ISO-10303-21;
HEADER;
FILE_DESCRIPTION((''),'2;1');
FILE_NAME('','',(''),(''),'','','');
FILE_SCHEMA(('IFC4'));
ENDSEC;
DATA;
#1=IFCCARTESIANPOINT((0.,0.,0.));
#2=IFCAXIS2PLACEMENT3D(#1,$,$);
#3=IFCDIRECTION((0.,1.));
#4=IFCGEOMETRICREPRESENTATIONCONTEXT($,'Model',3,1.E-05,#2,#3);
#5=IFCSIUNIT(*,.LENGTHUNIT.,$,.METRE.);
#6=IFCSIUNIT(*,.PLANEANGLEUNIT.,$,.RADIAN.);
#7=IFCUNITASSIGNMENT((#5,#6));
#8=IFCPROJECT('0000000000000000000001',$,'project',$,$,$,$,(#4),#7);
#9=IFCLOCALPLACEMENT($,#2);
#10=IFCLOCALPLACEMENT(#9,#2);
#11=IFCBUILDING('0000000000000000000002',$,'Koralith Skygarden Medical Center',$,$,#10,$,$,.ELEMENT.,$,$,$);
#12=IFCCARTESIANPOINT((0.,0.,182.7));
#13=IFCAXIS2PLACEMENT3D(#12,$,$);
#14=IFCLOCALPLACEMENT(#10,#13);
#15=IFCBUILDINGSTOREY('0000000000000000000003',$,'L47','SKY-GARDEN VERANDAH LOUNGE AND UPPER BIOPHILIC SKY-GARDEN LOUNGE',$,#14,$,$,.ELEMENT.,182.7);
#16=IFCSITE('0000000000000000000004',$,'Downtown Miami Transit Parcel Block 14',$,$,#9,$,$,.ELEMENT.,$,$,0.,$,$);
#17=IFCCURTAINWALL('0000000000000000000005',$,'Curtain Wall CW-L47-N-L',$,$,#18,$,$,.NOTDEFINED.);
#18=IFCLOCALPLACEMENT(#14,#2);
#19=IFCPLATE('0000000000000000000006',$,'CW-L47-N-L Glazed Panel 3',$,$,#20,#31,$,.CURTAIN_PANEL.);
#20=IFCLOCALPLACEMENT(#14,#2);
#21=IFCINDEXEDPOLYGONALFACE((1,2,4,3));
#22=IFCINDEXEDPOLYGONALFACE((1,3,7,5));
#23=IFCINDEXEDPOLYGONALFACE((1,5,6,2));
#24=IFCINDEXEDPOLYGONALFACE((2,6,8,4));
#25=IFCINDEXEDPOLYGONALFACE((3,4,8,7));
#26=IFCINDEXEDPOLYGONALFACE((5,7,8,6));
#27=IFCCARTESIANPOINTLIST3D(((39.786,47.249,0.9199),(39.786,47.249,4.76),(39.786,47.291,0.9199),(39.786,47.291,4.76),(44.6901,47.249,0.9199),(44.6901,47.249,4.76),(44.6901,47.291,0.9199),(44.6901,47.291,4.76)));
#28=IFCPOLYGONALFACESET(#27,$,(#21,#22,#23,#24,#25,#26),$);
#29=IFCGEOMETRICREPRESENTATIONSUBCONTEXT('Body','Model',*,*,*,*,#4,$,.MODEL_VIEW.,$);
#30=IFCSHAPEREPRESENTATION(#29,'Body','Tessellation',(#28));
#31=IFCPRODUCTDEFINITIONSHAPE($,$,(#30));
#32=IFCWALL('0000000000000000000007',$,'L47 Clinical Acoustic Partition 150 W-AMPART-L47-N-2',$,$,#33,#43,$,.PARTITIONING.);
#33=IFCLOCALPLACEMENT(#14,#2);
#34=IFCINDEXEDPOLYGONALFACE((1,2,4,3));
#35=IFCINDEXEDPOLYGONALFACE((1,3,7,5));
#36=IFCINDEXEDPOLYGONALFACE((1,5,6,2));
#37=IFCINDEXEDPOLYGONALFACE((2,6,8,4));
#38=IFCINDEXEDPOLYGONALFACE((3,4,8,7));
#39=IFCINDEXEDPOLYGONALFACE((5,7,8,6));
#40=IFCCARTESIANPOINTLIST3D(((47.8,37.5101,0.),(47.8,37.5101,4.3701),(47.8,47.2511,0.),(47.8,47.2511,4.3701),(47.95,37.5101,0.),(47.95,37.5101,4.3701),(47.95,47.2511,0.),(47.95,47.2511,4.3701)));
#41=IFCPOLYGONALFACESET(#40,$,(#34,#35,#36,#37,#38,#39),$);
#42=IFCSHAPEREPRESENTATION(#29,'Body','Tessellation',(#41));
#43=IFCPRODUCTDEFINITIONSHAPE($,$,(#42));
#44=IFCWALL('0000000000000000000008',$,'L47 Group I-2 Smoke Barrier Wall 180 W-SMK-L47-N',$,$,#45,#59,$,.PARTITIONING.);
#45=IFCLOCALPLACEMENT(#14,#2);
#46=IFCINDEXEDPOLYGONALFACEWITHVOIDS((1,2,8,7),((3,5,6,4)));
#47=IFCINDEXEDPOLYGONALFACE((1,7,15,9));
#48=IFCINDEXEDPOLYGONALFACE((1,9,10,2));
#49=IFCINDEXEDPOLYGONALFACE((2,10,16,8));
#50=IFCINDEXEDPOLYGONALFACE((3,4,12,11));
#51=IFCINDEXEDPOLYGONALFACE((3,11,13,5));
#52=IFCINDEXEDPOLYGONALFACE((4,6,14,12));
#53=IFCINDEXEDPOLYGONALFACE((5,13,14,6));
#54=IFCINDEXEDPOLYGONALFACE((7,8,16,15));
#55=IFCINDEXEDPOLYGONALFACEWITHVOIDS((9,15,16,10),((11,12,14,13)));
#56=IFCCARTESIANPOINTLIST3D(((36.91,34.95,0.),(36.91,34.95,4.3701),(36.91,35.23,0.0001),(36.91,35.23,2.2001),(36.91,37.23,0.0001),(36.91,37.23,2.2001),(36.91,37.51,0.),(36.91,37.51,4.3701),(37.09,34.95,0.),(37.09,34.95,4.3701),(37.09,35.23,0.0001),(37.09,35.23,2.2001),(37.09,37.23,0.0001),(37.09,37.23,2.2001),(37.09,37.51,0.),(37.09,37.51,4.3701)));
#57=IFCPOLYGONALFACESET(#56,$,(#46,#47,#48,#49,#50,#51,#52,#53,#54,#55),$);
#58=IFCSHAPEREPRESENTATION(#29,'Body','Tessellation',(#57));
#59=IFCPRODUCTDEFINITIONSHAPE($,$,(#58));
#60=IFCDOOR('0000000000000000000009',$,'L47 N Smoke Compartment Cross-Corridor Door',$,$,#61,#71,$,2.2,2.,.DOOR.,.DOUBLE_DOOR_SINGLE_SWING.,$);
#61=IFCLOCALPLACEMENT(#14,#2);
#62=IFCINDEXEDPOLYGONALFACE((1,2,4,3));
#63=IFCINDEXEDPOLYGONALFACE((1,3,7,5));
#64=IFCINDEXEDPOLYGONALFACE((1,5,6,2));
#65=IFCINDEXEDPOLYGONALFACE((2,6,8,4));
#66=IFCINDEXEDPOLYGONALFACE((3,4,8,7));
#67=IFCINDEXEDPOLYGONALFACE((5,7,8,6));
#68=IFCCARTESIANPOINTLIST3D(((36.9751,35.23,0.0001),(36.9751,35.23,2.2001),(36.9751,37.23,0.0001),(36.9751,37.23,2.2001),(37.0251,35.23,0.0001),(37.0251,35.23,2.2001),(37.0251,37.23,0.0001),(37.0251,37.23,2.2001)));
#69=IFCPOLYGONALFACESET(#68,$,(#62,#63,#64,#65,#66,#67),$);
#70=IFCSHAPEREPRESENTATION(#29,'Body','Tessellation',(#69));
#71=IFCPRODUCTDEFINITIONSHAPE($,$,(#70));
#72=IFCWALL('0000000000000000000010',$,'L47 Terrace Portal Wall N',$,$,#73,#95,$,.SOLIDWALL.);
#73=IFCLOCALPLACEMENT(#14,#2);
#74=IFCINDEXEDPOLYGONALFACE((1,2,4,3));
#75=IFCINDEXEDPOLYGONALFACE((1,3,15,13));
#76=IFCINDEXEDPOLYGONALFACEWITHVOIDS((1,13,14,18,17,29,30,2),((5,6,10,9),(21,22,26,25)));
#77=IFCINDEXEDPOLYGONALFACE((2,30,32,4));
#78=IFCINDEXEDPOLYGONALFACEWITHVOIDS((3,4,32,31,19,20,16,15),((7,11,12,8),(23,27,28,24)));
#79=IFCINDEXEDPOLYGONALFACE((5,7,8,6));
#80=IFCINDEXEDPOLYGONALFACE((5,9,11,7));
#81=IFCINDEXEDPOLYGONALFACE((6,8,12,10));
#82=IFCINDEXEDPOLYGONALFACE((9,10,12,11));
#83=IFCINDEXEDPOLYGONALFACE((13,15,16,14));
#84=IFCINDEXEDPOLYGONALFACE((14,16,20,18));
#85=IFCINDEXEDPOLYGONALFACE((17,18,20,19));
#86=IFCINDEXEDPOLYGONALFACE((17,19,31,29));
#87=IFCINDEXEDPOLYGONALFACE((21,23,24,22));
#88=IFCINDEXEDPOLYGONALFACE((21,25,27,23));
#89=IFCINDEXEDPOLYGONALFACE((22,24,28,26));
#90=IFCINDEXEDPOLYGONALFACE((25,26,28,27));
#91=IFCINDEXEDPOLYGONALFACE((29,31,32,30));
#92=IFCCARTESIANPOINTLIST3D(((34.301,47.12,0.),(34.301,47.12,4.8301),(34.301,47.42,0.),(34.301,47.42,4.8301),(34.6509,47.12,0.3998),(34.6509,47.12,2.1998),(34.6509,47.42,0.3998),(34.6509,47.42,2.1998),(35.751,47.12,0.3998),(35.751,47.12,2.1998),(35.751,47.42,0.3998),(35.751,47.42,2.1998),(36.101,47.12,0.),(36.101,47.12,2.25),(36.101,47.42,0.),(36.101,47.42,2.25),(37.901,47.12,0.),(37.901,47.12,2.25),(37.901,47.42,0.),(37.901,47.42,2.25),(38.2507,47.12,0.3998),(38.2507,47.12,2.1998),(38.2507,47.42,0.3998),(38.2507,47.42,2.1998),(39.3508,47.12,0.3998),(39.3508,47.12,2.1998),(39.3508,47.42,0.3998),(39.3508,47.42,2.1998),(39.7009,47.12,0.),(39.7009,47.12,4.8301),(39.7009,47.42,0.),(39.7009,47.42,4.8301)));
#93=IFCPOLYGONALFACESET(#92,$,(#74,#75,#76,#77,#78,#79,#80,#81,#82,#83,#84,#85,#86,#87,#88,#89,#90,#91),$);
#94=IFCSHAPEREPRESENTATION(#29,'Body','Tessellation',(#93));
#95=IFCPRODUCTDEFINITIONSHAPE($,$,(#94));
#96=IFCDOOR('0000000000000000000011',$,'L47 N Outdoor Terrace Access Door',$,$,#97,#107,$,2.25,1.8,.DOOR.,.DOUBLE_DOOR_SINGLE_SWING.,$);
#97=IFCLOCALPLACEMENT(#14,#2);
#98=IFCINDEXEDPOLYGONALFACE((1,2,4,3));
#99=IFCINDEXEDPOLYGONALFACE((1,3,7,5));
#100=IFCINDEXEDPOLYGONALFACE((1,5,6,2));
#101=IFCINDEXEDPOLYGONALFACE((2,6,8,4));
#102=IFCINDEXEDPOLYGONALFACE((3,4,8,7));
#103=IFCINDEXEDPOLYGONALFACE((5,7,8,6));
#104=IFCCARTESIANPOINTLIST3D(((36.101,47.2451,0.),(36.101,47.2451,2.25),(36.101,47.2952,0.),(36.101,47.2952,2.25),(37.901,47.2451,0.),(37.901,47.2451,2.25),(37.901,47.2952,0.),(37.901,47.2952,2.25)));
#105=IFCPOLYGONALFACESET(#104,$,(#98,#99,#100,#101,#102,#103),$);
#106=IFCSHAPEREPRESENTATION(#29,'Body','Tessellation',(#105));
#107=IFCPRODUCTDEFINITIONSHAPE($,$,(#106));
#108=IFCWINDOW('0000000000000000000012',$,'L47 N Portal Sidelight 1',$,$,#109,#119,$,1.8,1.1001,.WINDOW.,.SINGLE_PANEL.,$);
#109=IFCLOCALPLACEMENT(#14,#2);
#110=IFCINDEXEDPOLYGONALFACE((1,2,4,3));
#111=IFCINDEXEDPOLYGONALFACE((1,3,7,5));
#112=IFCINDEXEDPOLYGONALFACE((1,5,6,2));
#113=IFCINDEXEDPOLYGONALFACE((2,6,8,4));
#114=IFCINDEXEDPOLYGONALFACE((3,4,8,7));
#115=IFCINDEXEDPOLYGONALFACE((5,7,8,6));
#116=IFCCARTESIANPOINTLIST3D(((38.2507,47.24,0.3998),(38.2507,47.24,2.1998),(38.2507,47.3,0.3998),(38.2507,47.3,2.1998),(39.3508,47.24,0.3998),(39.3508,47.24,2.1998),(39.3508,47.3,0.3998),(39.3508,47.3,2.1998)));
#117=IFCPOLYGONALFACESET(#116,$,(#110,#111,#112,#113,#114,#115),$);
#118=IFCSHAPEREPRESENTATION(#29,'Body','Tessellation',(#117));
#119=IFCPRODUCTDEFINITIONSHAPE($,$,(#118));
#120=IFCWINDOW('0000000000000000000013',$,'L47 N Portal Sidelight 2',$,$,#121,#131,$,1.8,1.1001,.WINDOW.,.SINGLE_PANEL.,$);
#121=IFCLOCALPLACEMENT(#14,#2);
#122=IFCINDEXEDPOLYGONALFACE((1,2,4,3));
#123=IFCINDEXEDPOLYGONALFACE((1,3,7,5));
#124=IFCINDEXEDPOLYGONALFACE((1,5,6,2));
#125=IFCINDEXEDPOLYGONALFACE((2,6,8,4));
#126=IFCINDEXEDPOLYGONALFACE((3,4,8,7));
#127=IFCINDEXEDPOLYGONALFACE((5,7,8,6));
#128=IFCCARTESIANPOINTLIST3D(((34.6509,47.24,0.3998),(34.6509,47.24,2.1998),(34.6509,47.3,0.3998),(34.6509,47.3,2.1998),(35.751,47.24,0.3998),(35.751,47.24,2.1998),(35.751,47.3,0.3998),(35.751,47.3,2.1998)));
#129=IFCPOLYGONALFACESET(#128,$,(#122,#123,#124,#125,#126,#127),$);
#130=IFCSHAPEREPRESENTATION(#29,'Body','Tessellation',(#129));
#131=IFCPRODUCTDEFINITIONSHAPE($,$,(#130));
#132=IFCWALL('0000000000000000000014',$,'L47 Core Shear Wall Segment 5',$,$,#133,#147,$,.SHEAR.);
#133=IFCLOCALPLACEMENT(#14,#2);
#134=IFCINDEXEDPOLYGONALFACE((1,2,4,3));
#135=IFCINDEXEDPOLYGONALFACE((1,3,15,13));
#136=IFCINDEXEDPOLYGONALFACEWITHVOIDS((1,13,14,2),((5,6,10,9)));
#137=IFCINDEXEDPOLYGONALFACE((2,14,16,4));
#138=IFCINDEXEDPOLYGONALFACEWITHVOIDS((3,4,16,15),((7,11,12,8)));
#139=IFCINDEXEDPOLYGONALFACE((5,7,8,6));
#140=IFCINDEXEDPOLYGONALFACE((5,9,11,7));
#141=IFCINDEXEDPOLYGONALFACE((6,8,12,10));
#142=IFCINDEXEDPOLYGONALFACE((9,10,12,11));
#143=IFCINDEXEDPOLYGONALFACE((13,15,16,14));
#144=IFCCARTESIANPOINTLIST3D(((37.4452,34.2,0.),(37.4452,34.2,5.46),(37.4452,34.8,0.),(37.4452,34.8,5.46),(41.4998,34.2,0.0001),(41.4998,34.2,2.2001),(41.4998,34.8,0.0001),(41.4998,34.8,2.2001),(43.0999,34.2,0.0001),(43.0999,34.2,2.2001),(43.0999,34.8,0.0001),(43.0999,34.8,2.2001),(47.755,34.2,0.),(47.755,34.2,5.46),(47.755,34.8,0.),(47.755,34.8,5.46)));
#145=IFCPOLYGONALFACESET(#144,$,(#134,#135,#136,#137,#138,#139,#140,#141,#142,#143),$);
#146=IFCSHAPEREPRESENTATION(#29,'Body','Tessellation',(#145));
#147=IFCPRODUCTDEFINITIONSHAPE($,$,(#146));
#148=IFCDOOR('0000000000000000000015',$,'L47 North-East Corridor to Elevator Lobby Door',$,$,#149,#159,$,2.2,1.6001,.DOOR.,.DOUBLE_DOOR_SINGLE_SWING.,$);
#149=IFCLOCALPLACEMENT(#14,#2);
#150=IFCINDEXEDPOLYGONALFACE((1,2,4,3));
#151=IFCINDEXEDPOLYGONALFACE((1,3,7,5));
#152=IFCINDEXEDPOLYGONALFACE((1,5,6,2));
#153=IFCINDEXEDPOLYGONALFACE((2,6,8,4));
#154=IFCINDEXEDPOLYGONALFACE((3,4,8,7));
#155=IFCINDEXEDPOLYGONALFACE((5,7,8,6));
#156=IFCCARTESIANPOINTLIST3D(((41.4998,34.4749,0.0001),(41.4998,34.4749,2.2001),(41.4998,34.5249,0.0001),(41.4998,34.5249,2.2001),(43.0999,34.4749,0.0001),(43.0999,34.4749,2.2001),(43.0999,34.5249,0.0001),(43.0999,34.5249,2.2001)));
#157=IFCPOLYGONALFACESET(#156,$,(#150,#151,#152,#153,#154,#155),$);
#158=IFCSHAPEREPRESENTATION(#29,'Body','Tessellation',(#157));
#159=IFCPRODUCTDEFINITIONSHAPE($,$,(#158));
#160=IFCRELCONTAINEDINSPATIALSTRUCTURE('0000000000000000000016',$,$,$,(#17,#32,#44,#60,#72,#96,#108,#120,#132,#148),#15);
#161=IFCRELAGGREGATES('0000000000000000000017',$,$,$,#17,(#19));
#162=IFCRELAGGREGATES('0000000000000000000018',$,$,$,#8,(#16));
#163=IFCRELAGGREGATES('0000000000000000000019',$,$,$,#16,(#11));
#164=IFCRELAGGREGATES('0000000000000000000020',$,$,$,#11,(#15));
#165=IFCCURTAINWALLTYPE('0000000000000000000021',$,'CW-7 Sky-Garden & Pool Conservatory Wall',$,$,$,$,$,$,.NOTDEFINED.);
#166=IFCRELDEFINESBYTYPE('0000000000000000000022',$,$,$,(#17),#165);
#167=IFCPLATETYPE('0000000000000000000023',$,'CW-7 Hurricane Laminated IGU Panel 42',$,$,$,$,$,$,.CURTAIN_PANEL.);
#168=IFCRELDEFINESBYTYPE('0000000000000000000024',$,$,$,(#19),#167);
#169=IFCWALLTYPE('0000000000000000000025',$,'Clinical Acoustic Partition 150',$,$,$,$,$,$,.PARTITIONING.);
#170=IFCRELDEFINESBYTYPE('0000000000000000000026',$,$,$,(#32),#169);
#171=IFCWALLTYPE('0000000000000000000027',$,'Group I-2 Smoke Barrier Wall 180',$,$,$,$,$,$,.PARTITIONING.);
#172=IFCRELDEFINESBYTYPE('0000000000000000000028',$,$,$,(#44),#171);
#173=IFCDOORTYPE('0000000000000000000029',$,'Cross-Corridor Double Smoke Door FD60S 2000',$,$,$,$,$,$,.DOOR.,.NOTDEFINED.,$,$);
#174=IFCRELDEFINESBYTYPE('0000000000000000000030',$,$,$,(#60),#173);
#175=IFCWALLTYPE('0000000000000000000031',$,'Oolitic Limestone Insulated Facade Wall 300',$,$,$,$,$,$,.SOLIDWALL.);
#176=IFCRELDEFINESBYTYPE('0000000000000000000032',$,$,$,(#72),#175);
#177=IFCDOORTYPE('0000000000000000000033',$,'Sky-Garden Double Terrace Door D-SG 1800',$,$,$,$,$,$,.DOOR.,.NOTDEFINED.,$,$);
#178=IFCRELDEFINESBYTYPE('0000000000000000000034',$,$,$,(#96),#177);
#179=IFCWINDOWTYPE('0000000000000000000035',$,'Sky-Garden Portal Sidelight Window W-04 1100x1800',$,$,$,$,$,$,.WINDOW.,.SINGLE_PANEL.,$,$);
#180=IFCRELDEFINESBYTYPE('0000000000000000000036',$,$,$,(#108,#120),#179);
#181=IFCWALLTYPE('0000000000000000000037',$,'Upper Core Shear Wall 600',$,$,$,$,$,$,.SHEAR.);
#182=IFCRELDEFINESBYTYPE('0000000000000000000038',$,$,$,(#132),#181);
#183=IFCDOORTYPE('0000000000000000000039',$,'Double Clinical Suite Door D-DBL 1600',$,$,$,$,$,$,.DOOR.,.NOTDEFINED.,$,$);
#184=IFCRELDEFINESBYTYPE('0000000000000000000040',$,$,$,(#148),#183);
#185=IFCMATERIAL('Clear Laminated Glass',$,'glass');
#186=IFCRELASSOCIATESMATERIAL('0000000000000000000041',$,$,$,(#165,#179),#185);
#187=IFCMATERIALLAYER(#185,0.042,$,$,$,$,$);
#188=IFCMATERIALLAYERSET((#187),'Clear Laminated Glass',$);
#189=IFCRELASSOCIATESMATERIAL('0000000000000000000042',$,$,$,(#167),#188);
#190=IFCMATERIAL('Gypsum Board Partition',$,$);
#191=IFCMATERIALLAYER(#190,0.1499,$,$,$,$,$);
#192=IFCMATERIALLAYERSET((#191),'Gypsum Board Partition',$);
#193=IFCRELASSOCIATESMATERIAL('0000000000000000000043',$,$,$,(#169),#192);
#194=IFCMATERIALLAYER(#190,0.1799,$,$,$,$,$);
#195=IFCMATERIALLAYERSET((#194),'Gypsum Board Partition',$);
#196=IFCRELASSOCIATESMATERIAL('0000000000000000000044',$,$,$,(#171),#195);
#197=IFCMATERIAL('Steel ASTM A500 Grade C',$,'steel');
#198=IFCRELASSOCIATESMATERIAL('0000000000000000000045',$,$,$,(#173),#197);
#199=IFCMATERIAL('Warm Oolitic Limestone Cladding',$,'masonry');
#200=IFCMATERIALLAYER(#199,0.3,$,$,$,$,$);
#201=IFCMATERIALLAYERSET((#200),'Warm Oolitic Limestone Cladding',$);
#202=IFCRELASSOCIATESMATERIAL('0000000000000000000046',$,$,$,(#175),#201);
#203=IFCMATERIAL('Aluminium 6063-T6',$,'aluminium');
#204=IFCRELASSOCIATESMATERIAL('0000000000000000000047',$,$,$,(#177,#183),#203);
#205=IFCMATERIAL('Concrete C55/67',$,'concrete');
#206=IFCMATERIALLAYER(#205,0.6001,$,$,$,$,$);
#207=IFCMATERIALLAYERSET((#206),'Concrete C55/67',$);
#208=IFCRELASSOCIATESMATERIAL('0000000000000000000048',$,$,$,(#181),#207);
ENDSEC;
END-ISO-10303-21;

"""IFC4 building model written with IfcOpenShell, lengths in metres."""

from ifc_helpers import new_model, si_unit, direction, frame, frame_2d, origin, origin_2d, place, context, subcontext, project, spatial, rectangle, extrude, material, layer, layer_set, type_object, element, fill, aggregate, save


model = new_model("IFC4")

# Units and contexts
model_context = context("Model", 3, precision=1e-05, world=origin(), true_north=direction((0.0, 1.0)))
body_context = subcontext(model_context, "Body", "Model", "MODEL_VIEW")
ifc_project = project(units=[si_unit("LENGTHUNIT", "METRE"), si_unit("PLANEANGLEUNIT", "RADIAN")], contexts=[model_context])

# Site, building, storey
site_placement = place(None, origin())
site = spatial("IfcSite", under=ifc_project, at=site_placement, Name="Downtown Miami Transit Parcel Block 14", CompositionType="ELEMENT", RefElevation=0.0)
building_placement = place(site_placement, origin())
building = spatial("IfcBuilding", under=site, at=building_placement, Name="Koralith Skygarden Medical Center", CompositionType="ELEMENT")
storey_placement = place(building_placement, frame((0.0, 0.0, 182.7)))
storey = spatial("IfcBuildingStorey", under=building, at=storey_placement, Name="L47", Description="SKY-GARDEN VERANDAH LOUNGE AND UPPER BIOPHILIC SKY-GARDEN LOUNGE", CompositionType="ELEMENT", Elevation=182.7)

# Shared definitions
ifc_material_1 = material(Name="Concrete C55/67", Category="concrete")

# Curtain wall
ifc_material_2 = material(Name="Clear Laminated Glass", Category="glass")
curtain_wall_type = type_object("IfcCurtainWallType", Name="CW-7 Sky-Garden & Pool Conservatory Wall", PredefinedType="NOTDEFINED", material=ifc_material_2)
curtain_wall_placement = place(storey_placement, origin())
curtain_wall = element("IfcCurtainWall", 1, at=curtain_wall_placement, inside=storey, type_object=curtain_wall_type, Name="Curtain Wall CW-L47-N-L", PredefinedType="NOTDEFINED")
ifc_material_3 = material(Name="Aluminium 6063-T6", Category="aluminium")

# Plate
ifc_layer_1 = layer(ifc_material_2, 0.042)
ifc_layer_set_1 = layer_set([ifc_layer_1], Name="Clear Laminated Glass")
plate_type = type_object("IfcPlateType", Name="CW-7 Hurricane Laminated IGU Panel 42", PredefinedType="CURTAIN_PANEL", material=ifc_layer_set_1)
plate_1_placement = place(storey_placement, frame((42.238, 47.27, 0.9199), z_axis=(0.0, 0.0, 1.0), x_axis=(-1.0, 0.0, 0.0)))
plate_1 = element("IfcPlate", 2, at=plate_1_placement, type_object=plate_type, Name="CW-L47-N-L Glazed Panel 3", PredefinedType="CURTAIN_PANEL", context=body_context, shape_type="SweptSolid", body=[
    extrude(rectangle(XDim=4.9041, YDim=0.042, at=origin_2d()), origin(), (0.0, 0.0, 1.0), 3.8401),
])
aggregate(curtain_wall, [plate_1])

# Wall
ifc_material_4 = material(Name="Gypsum Board Partition")
ifc_layer_2 = layer(ifc_material_4, 0.1499)
ifc_layer_set_2 = layer_set([ifc_layer_2], Name="Gypsum Board Partition")
wall_type_1 = type_object("IfcWallType", Name="Clinical Acoustic Partition 150", PredefinedType="PARTITIONING", material=ifc_layer_set_2)
wall_1_placement = place(storey_placement, frame((47.875, 37.51, 0.0), z_axis=(0.0, 0.0, 1.0), x_axis=(0.0, 1.0, 0.0)))
element("IfcWall", 3, at=wall_1_placement, inside=storey, type_object=wall_type_1, Name="L47 Clinical Acoustic Partition 150 W-AMPART-L47-N-2", PredefinedType="PARTITIONING", context=body_context, shape_type="SweptSolid", body=[
    extrude(rectangle(XDim=9.741, YDim=0.1499, at=frame_2d((4.8706, 0.0))), origin(), (0.0, 0.0, 1.0), 4.3701),
])

# Wall, opening, door
ifc_layer_3 = layer(ifc_material_4, 0.1799)
ifc_layer_set_3 = layer_set([ifc_layer_3], Name="Gypsum Board Partition")
wall_type_2 = type_object("IfcWallType", Name="Group I-2 Smoke Barrier Wall 180", PredefinedType="PARTITIONING", material=ifc_layer_set_3)
wall_2_placement = place(storey_placement, frame((37.0, 34.95, 0.0), z_axis=(0.0, 0.0, 1.0), x_axis=(0.0, 1.0, 0.0)))
wall_2 = element("IfcWall", 4, at=wall_2_placement, inside=storey, type_object=wall_type_2, Name="L47 Group I-2 Smoke Barrier Wall 180 W-SMK-L47-N", PredefinedType="PARTITIONING", context=body_context, shape_type="SweptSolid", body=[
    extrude(rectangle(XDim=2.5601, YDim=0.1799, at=frame_2d((1.28, 0.0))), origin(), (0.0, 0.0, 1.0), 4.3701),
])
opening_1_placement = place(wall_2_placement, frame((0.28, 0.0, 0.0)))
opening_1 = element("IfcOpeningElement", 5, at=opening_1_placement, cuts=wall_2, PredefinedType="OPENING", context=body_context, shape_type="SweptSolid", body=[
    extrude(rectangle(XDim=2.0, YDim=2.2, at=frame_2d((1.0, 1.1001))), frame((0.0, 0.0999, 0.0), z_axis=(0.0, -1.0, 0.0), x_axis=(1.0, 0.0, 0.0)), (0.0, 0.0, 1.0), 0.2),
])
ifc_material_5 = material(Name="Steel ASTM A500 Grade C", Category="steel")
door_type_1 = type_object("IfcDoorType", Name="Cross-Corridor Double Smoke Door FD60S 2000", OperationType="NOTDEFINED", PredefinedType="DOOR", material=ifc_material_5)
door_1_placement = place(opening_1_placement, origin())
door_1 = element("IfcDoor", 6, at=door_1_placement, inside=storey, type_object=door_type_1, Name="L47 N Smoke Compartment Cross-Corridor Door", OperationType="DOUBLE_DOOR_SINGLE_SWING", OverallHeight=2.2, OverallWidth=2.0, PredefinedType="DOOR", context=body_context, shape_type="SweptSolid", body=[
    extrude(rectangle(XDim=2.0, YDim=2.2, at=frame_2d((1.0, 1.1001))), frame((0.0, 0.0249, 0.0), z_axis=(0.0, -1.0, 0.0), x_axis=(1.0, 0.0, 0.0)), (0.0, 0.0, 1.0), 0.05),
])
fill(opening_1, door_1)

# Wall, openings, door, windows
ifc_material_6 = material(Name="Warm Oolitic Limestone Cladding", Category="masonry")
ifc_layer_4 = layer(ifc_material_6, 0.3)
ifc_layer_set_4 = layer_set([ifc_layer_4], Name="Warm Oolitic Limestone Cladding")
wall_type_3 = type_object("IfcWallType", Name="Oolitic Limestone Insulated Facade Wall 300", PredefinedType="SOLIDWALL", material=ifc_layer_set_4)
wall_3_placement = place(storey_placement, frame((39.7009, 47.27, 0.0), z_axis=(0.0, 0.0, 1.0), x_axis=(-1.0, 0.0, 0.0)))
wall_3 = element("IfcWall", 7, at=wall_3_placement, inside=storey, type_object=wall_type_3, Name="L47 Terrace Portal Wall N", PredefinedType="SOLIDWALL", context=body_context, shape_type="SweptSolid", body=[
    extrude(rectangle(XDim=5.3999, YDim=0.3, at=frame_2d((2.7, 0.0))), origin(), (0.0, 0.0, 1.0), 4.8301),
])
opening_2_placement = place(wall_3_placement, frame((1.8, 0.0, 0.0)))
opening_2 = element("IfcOpeningElement", 8, at=opening_2_placement, cuts=wall_3, PredefinedType="OPENING", context=body_context, shape_type="SweptSolid", body=[
    extrude(rectangle(XDim=1.8, YDim=2.25, at=frame_2d((0.8999, 1.125))), frame((0.0, 0.1599, 0.0), z_axis=(0.0, -1.0, 0.0), x_axis=(1.0, 0.0, 0.0)), (0.0, 0.0, 1.0), 0.3201),
])
opening_3_placement = place(wall_3_placement, frame((0.3501, 0.0, 0.3999)))
opening_3 = element("IfcOpeningElement", 9, at=opening_3_placement, cuts=wall_3, PredefinedType="OPENING", context=body_context, shape_type="SweptSolid", body=[
    extrude(rectangle(XDim=1.1001, YDim=1.8, at=frame_2d((0.55, 0.8999))), frame((0.0, 0.1599, 0.0), z_axis=(0.0, -1.0, 0.0), x_axis=(1.0, 0.0, 0.0)), (0.0, 0.0, 1.0), 0.3201),
])
opening_4_placement = place(wall_3_placement, frame((3.95, 0.0, 0.3999)))
opening_4 = element("IfcOpeningElement", 10, at=opening_4_placement, cuts=wall_3, PredefinedType="OPENING", context=body_context, shape_type="SweptSolid", body=[
    extrude(rectangle(XDim=1.1001, YDim=1.8, at=frame_2d((0.55, 0.8999))), frame((0.0, 0.1599, 0.0), z_axis=(0.0, -1.0, 0.0), x_axis=(1.0, 0.0, 0.0)), (0.0, 0.0, 1.0), 0.3201),
])
door_type_2 = type_object("IfcDoorType", Name="Sky-Garden Double Terrace Door D-SG 1800", OperationType="NOTDEFINED", PredefinedType="DOOR", material=ifc_material_3)
door_2_placement = place(opening_2_placement, origin())
door_2 = element("IfcDoor", 11, at=door_2_placement, inside=storey, type_object=door_type_2, Name="L47 N Outdoor Terrace Access Door", OperationType="DOUBLE_DOOR_SINGLE_SWING", OverallHeight=2.25, OverallWidth=1.8, PredefinedType="DOOR", context=body_context, shape_type="SweptSolid", body=[
    extrude(rectangle(XDim=1.8, YDim=2.25, at=frame_2d((0.8999, 1.125))), frame((0.0, 0.0249, 0.0), z_axis=(0.0, -1.0, 0.0), x_axis=(1.0, 0.0, 0.0)), (0.0, 0.0, 1.0), 0.05),
])
fill(opening_2, door_2)
window_type = type_object("IfcWindowType", Name="Sky-Garden Portal Sidelight Window W-04 1100x1800", PartitioningType="SINGLE_PANEL", PredefinedType="WINDOW", material=ifc_material_2)
window_1_placement = place(opening_3_placement, origin())
window_1 = element("IfcWindow", 12, at=window_1_placement, inside=storey, type_object=window_type, Name="L47 N Portal Sidelight 1", OverallHeight=1.8, OverallWidth=1.1001, PartitioningType="SINGLE_PANEL", PredefinedType="WINDOW", context=body_context, shape_type="SweptSolid", body=[
    extrude(rectangle(XDim=1.1001, YDim=1.8, at=frame_2d((0.55, 0.8999))), frame((0.0, 0.03, 0.0), z_axis=(0.0, -1.0, 0.0), x_axis=(1.0, 0.0, 0.0)), (0.0, 0.0, 1.0), 0.0601),
])
fill(opening_3, window_1)
window_2_placement = place(opening_4_placement, origin())
window_2 = element("IfcWindow", 13, at=window_2_placement, inside=storey, type_object=window_type, Name="L47 N Portal Sidelight 2", OverallHeight=1.8, OverallWidth=1.1001, PartitioningType="SINGLE_PANEL", PredefinedType="WINDOW", context=body_context, shape_type="SweptSolid", body=[
    extrude(rectangle(XDim=1.1001, YDim=1.8, at=frame_2d((0.55, 0.8999))), frame((0.0, 0.03, 0.0), z_axis=(0.0, -1.0, 0.0), x_axis=(1.0, 0.0, 0.0)), (0.0, 0.0, 1.0), 0.0601),
])
fill(opening_4, window_2)

# Wall, opening, door
ifc_layer_5 = layer(ifc_material_1, 0.6001)
ifc_layer_set_5 = layer_set([ifc_layer_5], Name="Concrete C55/67")
wall_type_4 = type_object("IfcWallType", Name="Upper Core Shear Wall 600", PredefinedType="SHEAR", material=ifc_layer_set_5)
wall_4_placement = place(storey_placement, frame((47.7549, 34.5, 0.0), z_axis=(0.0, 0.0, 1.0), x_axis=(-1.0, 0.0, 0.0)))
wall_4 = element("IfcWall", 14, at=wall_4_placement, inside=storey, type_object=wall_type_4, Name="L47 Core Shear Wall Segment 5", PredefinedType="SHEAR", context=body_context, shape_type="SweptSolid", body=[
    extrude(rectangle(XDim=10.3098, YDim=0.6001, at=frame_2d((5.1548, 0.0))), origin(), (0.0, 0.0, 1.0), 5.46),
])
opening_5_placement = place(wall_4_placement, frame((4.655, 0.0, 0.0)))
opening_5 = element("IfcOpeningElement", 15, at=opening_5_placement, cuts=wall_4, PredefinedType="OPENING", context=body_context, shape_type="SweptSolid", body=[
    extrude(rectangle(XDim=1.6001, YDim=2.2, at=frame_2d((0.8, 1.1001))), frame((0.0, 0.3101, 0.0), z_axis=(0.0, -1.0, 0.0), x_axis=(1.0, 0.0, 0.0)), (0.0, 0.0, 1.0), 0.6201),
])
door_type_3 = type_object("IfcDoorType", Name="Double Clinical Suite Door D-DBL 1600", OperationType="NOTDEFINED", PredefinedType="DOOR", material=ifc_material_3)
door_3_placement = place(opening_5_placement, frame((1.6001, 0.0, 0.0), z_axis=(0.0, 0.0, 1.0), x_axis=(-1.0, 0.0, 0.0)))
door_3 = element("IfcDoor", 16, at=door_3_placement, inside=storey, type_object=door_type_3, Name="L47 North-East Corridor to Elevator Lobby Door", OperationType="DOUBLE_DOOR_SINGLE_SWING", OverallHeight=2.2, OverallWidth=1.6001, PredefinedType="DOOR", context=body_context, shape_type="SweptSolid", body=[
    extrude(rectangle(XDim=1.6001, YDim=2.2, at=frame_2d((0.8, 1.1001))), frame((0.0, 0.0249, 0.0), z_axis=(0.0, -1.0, 0.0), x_axis=(1.0, 0.0, 0.0)), (0.0, 0.0, 1.0), 0.05),
])
fill(opening_5, door_3)

save(model, "model.ifc")
